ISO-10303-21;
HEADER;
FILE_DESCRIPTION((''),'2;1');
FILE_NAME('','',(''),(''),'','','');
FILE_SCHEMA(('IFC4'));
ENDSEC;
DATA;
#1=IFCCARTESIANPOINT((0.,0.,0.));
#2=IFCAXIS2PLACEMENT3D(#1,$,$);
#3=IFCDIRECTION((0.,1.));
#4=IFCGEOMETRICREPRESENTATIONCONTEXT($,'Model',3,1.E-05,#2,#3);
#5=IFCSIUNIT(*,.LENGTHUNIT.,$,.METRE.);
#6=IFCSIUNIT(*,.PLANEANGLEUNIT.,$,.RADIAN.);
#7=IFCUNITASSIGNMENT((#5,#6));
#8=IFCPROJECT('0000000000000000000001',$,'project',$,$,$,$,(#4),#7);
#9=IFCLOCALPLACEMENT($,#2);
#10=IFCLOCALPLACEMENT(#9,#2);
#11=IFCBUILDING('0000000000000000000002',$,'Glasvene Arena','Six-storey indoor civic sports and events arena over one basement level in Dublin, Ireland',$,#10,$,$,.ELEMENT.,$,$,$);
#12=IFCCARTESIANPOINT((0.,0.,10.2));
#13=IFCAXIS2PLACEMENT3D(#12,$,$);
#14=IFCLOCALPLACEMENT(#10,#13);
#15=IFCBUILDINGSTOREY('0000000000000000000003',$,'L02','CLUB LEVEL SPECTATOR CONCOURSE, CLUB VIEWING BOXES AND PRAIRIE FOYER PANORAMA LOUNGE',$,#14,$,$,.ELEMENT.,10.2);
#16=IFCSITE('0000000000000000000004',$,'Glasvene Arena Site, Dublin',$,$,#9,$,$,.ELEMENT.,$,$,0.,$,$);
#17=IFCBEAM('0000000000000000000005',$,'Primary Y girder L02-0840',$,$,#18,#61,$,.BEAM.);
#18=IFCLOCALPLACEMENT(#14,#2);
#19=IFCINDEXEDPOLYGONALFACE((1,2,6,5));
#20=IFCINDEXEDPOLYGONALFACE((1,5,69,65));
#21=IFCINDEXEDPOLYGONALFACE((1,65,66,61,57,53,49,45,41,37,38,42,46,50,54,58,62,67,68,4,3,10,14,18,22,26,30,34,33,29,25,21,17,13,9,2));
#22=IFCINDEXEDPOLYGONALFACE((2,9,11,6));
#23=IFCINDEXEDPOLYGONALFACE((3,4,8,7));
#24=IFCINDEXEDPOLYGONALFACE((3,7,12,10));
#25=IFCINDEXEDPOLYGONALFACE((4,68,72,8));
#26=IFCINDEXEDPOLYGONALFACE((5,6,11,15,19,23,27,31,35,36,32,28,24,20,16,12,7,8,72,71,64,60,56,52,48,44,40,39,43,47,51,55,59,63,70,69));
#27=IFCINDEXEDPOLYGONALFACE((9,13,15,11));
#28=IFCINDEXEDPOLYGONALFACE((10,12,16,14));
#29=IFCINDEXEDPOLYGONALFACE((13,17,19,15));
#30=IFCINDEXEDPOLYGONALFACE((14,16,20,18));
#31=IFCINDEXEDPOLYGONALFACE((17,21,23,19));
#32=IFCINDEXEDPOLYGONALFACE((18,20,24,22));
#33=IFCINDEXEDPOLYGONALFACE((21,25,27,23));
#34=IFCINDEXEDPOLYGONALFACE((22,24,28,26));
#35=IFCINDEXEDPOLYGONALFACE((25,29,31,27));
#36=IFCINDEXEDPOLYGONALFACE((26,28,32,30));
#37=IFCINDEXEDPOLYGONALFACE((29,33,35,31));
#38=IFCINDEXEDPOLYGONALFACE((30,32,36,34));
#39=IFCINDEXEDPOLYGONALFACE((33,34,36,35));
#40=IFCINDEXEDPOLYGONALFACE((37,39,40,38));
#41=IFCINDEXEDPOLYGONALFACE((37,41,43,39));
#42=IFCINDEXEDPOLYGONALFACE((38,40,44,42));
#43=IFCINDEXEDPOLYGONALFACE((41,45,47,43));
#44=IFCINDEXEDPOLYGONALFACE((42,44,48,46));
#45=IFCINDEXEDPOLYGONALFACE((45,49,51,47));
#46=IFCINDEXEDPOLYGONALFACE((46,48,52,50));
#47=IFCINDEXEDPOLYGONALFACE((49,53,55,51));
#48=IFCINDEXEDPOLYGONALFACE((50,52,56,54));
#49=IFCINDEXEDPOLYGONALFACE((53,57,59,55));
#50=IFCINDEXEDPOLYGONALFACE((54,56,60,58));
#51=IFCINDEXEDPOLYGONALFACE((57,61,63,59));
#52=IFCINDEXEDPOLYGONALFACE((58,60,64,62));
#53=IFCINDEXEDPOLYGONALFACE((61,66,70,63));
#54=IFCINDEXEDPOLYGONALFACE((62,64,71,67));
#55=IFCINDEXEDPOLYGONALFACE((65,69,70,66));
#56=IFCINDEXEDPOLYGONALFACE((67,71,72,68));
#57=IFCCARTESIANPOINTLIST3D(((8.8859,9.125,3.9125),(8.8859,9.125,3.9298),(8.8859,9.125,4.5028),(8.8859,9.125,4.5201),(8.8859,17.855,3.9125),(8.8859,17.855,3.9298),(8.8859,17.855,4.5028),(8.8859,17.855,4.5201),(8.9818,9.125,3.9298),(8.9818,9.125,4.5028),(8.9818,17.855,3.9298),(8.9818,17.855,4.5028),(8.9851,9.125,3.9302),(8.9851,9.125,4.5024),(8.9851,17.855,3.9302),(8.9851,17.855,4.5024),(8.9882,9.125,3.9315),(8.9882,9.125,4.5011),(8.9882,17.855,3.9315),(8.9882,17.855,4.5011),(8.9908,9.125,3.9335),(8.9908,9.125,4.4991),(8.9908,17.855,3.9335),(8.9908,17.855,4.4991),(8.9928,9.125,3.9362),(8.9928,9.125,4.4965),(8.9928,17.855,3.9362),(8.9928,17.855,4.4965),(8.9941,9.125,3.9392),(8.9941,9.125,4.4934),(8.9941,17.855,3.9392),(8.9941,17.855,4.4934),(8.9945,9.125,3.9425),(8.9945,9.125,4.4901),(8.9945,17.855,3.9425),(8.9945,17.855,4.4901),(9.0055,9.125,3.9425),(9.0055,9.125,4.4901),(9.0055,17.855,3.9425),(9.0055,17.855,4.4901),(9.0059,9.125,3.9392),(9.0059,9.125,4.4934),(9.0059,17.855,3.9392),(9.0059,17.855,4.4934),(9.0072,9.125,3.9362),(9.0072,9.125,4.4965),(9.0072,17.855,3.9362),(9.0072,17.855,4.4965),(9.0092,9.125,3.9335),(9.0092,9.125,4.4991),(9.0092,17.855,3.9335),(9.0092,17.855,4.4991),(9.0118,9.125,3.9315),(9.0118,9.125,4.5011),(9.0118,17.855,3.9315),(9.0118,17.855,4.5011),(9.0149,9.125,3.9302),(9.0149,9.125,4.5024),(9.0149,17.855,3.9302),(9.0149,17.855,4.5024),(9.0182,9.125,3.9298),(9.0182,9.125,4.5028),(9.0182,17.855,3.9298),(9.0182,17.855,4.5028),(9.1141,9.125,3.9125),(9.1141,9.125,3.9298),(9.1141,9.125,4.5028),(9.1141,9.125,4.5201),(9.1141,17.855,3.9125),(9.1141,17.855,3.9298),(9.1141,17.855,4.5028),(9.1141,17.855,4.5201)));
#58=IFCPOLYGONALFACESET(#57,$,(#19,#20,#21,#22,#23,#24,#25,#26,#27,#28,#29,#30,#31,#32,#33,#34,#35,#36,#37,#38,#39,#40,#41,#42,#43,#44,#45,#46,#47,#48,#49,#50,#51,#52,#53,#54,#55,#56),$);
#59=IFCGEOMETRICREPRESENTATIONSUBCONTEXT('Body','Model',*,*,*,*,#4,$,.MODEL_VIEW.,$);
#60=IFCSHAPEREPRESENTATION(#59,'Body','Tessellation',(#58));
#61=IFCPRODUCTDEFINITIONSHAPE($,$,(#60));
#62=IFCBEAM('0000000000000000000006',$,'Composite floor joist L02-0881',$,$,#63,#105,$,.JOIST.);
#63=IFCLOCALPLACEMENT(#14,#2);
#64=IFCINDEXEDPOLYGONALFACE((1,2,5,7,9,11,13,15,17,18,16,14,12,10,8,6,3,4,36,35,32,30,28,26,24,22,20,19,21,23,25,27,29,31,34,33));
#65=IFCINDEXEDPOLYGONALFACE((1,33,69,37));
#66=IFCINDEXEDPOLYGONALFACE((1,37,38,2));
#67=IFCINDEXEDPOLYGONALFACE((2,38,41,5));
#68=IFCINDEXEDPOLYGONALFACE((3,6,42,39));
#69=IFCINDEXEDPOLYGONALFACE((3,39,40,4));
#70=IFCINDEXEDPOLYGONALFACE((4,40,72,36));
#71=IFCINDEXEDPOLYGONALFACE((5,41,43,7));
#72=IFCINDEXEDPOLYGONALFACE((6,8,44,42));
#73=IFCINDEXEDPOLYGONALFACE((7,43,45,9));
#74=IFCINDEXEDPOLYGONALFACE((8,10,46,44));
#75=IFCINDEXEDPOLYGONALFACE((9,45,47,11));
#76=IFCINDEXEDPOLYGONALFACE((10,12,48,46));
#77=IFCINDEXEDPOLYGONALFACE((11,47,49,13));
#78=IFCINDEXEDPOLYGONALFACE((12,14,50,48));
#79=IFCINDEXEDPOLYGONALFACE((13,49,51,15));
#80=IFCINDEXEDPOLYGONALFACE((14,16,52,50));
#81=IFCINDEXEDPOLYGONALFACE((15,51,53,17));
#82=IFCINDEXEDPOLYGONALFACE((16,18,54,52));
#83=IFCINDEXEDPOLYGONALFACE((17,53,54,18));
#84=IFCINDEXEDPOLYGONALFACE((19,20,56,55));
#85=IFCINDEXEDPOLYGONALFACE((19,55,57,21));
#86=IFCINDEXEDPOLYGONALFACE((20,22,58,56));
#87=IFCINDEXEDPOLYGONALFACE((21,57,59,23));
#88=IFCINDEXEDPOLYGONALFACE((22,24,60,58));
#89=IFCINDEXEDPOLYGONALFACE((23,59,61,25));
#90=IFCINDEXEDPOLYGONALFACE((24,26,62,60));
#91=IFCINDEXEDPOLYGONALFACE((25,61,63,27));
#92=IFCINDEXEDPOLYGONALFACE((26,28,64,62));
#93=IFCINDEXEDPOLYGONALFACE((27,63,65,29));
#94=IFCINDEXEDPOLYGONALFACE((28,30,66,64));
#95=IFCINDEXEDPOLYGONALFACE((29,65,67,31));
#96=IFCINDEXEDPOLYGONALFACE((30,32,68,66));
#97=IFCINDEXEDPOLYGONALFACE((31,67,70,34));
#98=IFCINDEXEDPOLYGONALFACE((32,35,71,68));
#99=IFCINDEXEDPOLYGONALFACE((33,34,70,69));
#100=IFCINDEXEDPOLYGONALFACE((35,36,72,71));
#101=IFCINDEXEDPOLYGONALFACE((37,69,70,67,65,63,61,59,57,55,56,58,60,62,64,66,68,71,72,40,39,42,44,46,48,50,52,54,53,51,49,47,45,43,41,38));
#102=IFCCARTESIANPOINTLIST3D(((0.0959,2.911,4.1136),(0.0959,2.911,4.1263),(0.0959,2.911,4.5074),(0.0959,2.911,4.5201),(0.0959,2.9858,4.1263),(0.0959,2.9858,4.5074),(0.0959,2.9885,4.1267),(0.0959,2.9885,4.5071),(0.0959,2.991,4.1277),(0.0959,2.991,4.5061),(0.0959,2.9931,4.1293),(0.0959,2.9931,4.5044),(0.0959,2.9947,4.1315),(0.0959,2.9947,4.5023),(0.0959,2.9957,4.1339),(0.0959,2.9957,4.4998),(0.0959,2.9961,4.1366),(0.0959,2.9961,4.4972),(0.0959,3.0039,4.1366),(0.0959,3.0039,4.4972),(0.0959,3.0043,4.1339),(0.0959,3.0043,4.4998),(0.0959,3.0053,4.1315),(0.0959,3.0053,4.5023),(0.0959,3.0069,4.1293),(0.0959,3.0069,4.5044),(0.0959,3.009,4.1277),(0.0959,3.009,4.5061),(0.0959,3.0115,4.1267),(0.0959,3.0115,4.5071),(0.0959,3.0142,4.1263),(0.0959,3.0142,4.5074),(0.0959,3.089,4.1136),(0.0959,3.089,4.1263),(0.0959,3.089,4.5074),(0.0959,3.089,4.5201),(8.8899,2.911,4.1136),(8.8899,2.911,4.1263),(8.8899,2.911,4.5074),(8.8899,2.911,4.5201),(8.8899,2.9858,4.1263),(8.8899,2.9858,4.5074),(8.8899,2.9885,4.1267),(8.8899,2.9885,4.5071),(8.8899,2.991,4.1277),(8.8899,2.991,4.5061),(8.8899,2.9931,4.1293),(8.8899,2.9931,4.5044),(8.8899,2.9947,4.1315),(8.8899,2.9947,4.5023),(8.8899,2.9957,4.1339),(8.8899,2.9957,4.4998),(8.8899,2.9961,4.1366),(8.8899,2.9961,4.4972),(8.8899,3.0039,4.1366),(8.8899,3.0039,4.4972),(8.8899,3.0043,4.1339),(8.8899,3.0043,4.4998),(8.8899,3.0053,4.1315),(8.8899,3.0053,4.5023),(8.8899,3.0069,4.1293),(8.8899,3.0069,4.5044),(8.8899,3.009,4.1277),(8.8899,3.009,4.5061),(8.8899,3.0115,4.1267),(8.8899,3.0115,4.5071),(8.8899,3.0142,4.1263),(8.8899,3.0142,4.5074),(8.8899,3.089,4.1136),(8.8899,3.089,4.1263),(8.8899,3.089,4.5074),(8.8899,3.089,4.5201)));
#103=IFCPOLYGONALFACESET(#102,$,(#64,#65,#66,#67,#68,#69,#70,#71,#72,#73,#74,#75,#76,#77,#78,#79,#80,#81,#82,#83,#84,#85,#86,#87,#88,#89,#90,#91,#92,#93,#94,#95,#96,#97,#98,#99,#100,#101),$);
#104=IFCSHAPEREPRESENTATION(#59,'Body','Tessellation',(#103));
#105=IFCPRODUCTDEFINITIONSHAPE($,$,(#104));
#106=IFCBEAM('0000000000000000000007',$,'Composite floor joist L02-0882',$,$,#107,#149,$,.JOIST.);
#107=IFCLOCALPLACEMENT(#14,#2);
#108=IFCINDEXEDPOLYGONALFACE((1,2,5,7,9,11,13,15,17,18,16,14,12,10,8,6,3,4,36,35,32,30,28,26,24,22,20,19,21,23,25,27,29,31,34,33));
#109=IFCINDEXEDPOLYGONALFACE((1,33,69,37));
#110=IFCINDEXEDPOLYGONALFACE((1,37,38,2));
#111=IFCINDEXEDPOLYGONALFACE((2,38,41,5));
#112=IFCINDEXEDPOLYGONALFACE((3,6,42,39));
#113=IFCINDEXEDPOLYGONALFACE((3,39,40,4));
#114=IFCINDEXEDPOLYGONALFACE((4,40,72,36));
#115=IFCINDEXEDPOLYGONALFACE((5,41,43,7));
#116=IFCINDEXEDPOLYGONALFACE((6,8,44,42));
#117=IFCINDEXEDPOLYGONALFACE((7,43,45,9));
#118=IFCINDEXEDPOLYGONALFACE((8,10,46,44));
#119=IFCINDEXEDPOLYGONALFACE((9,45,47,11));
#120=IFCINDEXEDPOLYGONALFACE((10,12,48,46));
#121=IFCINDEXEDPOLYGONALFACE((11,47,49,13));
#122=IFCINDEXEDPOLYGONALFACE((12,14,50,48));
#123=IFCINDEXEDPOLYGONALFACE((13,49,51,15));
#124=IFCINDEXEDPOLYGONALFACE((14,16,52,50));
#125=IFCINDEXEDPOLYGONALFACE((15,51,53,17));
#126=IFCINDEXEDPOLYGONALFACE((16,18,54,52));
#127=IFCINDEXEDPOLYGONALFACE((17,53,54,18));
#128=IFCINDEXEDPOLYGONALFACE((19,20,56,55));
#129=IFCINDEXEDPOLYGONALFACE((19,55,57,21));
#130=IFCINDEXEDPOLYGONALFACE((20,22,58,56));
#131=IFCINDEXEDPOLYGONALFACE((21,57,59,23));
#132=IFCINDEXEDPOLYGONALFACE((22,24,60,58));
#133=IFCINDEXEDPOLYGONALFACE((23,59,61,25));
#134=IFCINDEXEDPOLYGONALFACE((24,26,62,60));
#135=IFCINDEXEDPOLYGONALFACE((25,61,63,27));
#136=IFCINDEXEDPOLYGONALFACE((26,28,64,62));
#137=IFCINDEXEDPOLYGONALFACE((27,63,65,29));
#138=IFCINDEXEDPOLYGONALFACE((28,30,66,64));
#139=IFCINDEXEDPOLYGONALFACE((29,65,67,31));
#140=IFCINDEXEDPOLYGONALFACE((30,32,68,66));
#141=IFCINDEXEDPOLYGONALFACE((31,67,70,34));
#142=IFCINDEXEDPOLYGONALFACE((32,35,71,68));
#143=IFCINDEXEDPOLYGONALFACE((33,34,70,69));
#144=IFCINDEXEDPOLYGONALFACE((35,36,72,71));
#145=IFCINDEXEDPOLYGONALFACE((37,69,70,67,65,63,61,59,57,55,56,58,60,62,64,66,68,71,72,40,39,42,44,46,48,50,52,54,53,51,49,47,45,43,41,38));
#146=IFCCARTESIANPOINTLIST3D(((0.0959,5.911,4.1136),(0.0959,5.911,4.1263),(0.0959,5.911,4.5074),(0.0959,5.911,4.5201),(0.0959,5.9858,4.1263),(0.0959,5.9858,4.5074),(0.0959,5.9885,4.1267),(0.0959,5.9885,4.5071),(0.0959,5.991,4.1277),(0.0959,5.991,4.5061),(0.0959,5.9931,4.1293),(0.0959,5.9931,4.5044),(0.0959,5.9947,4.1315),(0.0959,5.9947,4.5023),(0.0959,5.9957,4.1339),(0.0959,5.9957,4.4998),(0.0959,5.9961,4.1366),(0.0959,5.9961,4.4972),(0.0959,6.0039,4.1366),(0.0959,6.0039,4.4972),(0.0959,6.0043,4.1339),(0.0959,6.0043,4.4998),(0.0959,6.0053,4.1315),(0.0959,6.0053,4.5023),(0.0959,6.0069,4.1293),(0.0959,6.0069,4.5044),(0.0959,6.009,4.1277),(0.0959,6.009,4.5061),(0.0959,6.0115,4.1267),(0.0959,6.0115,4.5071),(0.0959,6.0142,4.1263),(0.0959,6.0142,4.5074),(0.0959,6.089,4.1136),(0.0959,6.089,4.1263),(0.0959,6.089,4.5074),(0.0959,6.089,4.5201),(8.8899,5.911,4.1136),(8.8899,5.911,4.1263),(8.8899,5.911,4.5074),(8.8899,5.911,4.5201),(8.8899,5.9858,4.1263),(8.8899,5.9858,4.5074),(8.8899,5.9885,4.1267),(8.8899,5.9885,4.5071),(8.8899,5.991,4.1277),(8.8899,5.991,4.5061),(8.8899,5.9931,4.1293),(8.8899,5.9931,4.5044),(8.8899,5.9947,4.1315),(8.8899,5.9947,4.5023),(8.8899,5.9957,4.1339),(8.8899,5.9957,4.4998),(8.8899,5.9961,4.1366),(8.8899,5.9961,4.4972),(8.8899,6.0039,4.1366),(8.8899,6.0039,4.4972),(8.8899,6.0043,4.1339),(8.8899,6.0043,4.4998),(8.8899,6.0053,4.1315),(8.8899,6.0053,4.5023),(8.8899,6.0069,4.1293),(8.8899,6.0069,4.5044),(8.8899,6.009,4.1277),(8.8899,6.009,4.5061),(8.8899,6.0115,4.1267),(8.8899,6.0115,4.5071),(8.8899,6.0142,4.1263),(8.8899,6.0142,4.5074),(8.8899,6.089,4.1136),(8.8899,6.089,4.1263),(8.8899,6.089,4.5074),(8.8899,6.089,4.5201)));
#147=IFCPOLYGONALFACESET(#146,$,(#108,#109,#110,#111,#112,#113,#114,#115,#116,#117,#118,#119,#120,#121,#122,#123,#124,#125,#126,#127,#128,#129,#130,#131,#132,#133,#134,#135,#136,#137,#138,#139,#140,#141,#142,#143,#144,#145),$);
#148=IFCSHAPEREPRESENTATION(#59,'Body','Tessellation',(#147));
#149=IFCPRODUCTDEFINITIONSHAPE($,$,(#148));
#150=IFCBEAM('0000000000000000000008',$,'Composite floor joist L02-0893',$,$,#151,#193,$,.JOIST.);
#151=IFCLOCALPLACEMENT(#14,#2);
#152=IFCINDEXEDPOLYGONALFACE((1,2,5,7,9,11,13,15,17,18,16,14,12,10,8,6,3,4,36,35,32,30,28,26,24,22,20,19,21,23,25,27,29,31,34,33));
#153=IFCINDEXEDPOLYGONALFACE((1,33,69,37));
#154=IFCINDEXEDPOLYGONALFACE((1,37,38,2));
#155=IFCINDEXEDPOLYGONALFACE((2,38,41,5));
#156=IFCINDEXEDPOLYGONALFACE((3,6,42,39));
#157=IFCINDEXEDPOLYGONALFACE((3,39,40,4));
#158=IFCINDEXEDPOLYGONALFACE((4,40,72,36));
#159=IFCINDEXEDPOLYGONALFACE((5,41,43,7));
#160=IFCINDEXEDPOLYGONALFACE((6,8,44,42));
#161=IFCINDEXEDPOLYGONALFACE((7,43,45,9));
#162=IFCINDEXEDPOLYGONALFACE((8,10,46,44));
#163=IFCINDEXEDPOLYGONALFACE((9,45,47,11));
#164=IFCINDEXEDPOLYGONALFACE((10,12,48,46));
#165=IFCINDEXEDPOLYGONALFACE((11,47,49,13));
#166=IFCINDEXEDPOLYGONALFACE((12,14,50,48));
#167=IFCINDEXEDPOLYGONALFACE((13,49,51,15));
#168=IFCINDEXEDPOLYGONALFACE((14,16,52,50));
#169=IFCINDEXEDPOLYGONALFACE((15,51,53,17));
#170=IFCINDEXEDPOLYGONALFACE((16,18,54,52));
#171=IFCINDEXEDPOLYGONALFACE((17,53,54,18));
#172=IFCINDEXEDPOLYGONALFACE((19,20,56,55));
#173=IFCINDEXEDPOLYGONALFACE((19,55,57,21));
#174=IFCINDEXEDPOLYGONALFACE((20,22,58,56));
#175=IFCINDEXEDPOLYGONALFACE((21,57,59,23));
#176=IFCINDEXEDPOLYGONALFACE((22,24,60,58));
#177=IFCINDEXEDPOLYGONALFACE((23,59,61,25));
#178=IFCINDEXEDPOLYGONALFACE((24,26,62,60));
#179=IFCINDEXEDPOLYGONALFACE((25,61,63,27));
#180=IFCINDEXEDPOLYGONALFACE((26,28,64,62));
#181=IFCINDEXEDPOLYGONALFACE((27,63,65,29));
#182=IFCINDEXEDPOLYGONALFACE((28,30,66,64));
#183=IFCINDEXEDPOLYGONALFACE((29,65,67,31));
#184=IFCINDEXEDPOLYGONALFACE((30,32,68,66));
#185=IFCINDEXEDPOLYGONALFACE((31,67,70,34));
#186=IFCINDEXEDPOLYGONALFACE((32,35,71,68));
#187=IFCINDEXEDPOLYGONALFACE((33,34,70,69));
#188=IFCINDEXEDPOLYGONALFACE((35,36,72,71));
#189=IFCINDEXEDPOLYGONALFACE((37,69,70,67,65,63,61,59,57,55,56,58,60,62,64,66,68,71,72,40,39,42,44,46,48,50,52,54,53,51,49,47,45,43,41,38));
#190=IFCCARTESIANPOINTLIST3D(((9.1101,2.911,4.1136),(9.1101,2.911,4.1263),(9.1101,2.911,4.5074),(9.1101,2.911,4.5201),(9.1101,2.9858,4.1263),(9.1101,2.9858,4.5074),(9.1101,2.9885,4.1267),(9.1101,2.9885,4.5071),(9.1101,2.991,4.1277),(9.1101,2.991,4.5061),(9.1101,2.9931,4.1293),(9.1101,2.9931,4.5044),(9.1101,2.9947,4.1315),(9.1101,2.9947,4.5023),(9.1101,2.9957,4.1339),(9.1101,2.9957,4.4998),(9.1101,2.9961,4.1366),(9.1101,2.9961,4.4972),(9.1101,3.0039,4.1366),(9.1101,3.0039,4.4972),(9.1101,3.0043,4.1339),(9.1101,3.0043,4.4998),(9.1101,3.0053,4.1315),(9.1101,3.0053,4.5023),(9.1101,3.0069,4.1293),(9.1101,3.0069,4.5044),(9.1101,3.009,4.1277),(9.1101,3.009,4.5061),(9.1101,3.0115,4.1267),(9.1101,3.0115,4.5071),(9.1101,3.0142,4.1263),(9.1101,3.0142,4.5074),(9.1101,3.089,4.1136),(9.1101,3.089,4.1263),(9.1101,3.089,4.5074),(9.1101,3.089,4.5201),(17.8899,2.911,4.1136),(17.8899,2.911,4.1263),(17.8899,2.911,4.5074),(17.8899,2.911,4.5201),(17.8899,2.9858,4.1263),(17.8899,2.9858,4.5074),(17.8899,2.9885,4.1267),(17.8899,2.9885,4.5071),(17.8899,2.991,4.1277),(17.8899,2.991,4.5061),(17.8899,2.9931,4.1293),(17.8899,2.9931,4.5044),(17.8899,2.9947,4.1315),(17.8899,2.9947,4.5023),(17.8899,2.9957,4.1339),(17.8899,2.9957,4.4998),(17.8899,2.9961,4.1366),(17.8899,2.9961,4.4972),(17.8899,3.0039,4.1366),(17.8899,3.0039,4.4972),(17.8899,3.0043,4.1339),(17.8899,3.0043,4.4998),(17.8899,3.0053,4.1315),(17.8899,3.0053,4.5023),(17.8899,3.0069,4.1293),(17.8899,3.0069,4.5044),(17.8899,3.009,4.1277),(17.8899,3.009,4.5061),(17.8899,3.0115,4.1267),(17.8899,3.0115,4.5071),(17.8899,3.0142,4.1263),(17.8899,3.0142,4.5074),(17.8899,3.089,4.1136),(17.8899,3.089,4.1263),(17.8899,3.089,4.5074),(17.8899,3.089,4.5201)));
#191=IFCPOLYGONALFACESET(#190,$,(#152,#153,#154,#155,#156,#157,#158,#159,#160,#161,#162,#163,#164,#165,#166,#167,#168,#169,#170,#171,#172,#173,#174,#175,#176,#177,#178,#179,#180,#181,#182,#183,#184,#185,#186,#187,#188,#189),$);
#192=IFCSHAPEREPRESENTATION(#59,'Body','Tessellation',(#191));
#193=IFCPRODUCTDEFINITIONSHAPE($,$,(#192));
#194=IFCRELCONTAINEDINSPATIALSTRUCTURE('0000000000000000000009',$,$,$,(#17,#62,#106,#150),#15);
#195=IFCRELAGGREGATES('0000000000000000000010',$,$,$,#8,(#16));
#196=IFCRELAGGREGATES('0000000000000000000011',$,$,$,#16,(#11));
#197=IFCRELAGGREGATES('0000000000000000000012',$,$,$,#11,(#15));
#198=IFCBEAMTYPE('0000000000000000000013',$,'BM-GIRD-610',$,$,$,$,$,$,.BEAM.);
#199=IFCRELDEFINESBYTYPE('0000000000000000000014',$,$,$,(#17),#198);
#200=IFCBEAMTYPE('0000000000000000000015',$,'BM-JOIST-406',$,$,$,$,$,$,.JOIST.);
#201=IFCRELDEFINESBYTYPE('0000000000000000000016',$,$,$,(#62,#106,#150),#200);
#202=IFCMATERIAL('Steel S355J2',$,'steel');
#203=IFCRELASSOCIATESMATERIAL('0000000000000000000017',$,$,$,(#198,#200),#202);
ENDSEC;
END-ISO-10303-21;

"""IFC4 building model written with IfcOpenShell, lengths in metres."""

from ifc_helpers import new_model, si_unit, direction, frame, origin, origin_2d, place, context, subcontext, project, spatial, i_section, extrude, material, material_profile, profile_set, type_object, element, save


model = new_model("IFC4")

# Units and contexts
model_context = context("Model", 3, precision=1e-05, world=origin(), true_north=direction((0.0, 1.0)))
body_context = subcontext(model_context, "Body", "Model", "MODEL_VIEW")
ifc_project = project(units=[si_unit("LENGTHUNIT", "METRE"), si_unit("PLANEANGLEUNIT", "RADIAN")], contexts=[model_context])

# Site, building, storey
site_placement = place(None, origin())
site = spatial("IfcSite", under=ifc_project, at=site_placement, Name="Glasvene Arena Site, Dublin", CompositionType="ELEMENT", RefElevation=0.0)
building_placement = place(site_placement, origin())
building = spatial("IfcBuilding", under=site, at=building_placement, Name="Glasvene Arena", Description="Six-storey indoor civic sports and events arena over one basement level in Dublin, Ireland", CompositionType="ELEMENT")
storey_placement = place(building_placement, frame((0.0, 0.0, 10.2)))
storey = spatial("IfcBuildingStorey", under=building, at=storey_placement, Name="L02", Description="CLUB LEVEL SPECTATOR CONCOURSE, CLUB VIEWING BOXES AND PRAIRIE FOYER PANORAMA LOUNGE", CompositionType="ELEMENT", Elevation=10.2)

# Shared definitions
ifc_material_1 = material(Name="Steel S355J2", Category="steel")

# Beams
ifc_material_profile_1 = material_profile(ifc_material_1, i_section(OverallWidth=0.2283, OverallDepth=0.6077, WebThickness=0.011, FlangeThickness=0.0173, FilletRadius=0.0127, at=origin_2d()), Name="UKB 610x229x113")
ifc_profile_set_1 = profile_set([ifc_material_profile_1], Name="Steel S355J2")
beam_type_1 = type_object("IfcBeamType", Name="BM-GIRD-610", PredefinedType="BEAM", material=ifc_profile_set_1)
for number, where, z_axis, x_axis, name in (
    (1, (9.0, 9.125, 4.2163), (0.0, 1.0, 0.0), (-1.0, 0.0, 0.0), "Primary Y girder L02-0840"),
):
    element("IfcBeam", number, at=place(storey_placement, frame(where, z_axis=z_axis, x_axis=x_axis)), inside=storey, type_object=beam_type_1, Name=name, PredefinedType="BEAM", context=body_context, shape_type="SweptSolid", body=[
        extrude(i_section(OverallWidth=0.2283, OverallDepth=0.6077, WebThickness=0.011, FlangeThickness=0.0173, FilletRadius=0.0127, at=origin_2d()), origin(), (0.0, 0.0, 1.0), 8.73),
    ])
ifc_material_profile_2 = material_profile(ifc_material_1, i_section(OverallWidth=0.178, OverallDepth=0.4065, WebThickness=0.0078, FlangeThickness=0.0127, FilletRadius=0.0103, at=origin_2d()), Name="UKB 406x178x60")
ifc_profile_set_2 = profile_set([ifc_material_profile_2], Name="Steel S355J2")
beam_type_2 = type_object("IfcBeamType", Name="BM-JOIST-406", PredefinedType="JOIST", material=ifc_profile_set_2)
for number, where, z_axis, x_axis, name in (
    (2, (0.0959, 3.0, 4.3169), (1.0, 0.0, 0.0), (0.0, 1.0, 0.0), "Composite floor joist L02-0881"),
    (3, (0.0959, 6.0, 4.3169), (1.0, 0.0, 0.0), (0.0, 1.0, 0.0), "Composite floor joist L02-0882"),
):
    element("IfcBeam", number, at=place(storey_placement, frame(where, z_axis=z_axis, x_axis=x_axis)), inside=storey, type_object=beam_type_2, Name=name, PredefinedType="JOIST", context=body_context, shape_type="SweptSolid", body=[
        extrude(i_section(OverallWidth=0.178, OverallDepth=0.4065, WebThickness=0.0078, FlangeThickness=0.0127, FilletRadius=0.0103, at=origin_2d()), origin(), (0.0, 0.0, 1.0), 8.7939),
    ])
for number, where, z_axis, x_axis, name in (
    (4, (9.1101, 3.0, 4.3169), (1.0, 0.0, 0.0), (0.0, 1.0, 0.0), "Composite floor joist L02-0893"),
):
    element("IfcBeam", number, at=place(storey_placement, frame(where, z_axis=z_axis, x_axis=x_axis)), inside=storey, type_object=beam_type_2, Name=name, PredefinedType="JOIST", context=body_context, shape_type="SweptSolid", body=[
        extrude(i_section(OverallWidth=0.178, OverallDepth=0.4065, WebThickness=0.0078, FlangeThickness=0.0127, FilletRadius=0.0103, at=origin_2d()), origin(), (0.0, 0.0, 1.0), 8.7798),
    ])

save(model, "model.ifc")
